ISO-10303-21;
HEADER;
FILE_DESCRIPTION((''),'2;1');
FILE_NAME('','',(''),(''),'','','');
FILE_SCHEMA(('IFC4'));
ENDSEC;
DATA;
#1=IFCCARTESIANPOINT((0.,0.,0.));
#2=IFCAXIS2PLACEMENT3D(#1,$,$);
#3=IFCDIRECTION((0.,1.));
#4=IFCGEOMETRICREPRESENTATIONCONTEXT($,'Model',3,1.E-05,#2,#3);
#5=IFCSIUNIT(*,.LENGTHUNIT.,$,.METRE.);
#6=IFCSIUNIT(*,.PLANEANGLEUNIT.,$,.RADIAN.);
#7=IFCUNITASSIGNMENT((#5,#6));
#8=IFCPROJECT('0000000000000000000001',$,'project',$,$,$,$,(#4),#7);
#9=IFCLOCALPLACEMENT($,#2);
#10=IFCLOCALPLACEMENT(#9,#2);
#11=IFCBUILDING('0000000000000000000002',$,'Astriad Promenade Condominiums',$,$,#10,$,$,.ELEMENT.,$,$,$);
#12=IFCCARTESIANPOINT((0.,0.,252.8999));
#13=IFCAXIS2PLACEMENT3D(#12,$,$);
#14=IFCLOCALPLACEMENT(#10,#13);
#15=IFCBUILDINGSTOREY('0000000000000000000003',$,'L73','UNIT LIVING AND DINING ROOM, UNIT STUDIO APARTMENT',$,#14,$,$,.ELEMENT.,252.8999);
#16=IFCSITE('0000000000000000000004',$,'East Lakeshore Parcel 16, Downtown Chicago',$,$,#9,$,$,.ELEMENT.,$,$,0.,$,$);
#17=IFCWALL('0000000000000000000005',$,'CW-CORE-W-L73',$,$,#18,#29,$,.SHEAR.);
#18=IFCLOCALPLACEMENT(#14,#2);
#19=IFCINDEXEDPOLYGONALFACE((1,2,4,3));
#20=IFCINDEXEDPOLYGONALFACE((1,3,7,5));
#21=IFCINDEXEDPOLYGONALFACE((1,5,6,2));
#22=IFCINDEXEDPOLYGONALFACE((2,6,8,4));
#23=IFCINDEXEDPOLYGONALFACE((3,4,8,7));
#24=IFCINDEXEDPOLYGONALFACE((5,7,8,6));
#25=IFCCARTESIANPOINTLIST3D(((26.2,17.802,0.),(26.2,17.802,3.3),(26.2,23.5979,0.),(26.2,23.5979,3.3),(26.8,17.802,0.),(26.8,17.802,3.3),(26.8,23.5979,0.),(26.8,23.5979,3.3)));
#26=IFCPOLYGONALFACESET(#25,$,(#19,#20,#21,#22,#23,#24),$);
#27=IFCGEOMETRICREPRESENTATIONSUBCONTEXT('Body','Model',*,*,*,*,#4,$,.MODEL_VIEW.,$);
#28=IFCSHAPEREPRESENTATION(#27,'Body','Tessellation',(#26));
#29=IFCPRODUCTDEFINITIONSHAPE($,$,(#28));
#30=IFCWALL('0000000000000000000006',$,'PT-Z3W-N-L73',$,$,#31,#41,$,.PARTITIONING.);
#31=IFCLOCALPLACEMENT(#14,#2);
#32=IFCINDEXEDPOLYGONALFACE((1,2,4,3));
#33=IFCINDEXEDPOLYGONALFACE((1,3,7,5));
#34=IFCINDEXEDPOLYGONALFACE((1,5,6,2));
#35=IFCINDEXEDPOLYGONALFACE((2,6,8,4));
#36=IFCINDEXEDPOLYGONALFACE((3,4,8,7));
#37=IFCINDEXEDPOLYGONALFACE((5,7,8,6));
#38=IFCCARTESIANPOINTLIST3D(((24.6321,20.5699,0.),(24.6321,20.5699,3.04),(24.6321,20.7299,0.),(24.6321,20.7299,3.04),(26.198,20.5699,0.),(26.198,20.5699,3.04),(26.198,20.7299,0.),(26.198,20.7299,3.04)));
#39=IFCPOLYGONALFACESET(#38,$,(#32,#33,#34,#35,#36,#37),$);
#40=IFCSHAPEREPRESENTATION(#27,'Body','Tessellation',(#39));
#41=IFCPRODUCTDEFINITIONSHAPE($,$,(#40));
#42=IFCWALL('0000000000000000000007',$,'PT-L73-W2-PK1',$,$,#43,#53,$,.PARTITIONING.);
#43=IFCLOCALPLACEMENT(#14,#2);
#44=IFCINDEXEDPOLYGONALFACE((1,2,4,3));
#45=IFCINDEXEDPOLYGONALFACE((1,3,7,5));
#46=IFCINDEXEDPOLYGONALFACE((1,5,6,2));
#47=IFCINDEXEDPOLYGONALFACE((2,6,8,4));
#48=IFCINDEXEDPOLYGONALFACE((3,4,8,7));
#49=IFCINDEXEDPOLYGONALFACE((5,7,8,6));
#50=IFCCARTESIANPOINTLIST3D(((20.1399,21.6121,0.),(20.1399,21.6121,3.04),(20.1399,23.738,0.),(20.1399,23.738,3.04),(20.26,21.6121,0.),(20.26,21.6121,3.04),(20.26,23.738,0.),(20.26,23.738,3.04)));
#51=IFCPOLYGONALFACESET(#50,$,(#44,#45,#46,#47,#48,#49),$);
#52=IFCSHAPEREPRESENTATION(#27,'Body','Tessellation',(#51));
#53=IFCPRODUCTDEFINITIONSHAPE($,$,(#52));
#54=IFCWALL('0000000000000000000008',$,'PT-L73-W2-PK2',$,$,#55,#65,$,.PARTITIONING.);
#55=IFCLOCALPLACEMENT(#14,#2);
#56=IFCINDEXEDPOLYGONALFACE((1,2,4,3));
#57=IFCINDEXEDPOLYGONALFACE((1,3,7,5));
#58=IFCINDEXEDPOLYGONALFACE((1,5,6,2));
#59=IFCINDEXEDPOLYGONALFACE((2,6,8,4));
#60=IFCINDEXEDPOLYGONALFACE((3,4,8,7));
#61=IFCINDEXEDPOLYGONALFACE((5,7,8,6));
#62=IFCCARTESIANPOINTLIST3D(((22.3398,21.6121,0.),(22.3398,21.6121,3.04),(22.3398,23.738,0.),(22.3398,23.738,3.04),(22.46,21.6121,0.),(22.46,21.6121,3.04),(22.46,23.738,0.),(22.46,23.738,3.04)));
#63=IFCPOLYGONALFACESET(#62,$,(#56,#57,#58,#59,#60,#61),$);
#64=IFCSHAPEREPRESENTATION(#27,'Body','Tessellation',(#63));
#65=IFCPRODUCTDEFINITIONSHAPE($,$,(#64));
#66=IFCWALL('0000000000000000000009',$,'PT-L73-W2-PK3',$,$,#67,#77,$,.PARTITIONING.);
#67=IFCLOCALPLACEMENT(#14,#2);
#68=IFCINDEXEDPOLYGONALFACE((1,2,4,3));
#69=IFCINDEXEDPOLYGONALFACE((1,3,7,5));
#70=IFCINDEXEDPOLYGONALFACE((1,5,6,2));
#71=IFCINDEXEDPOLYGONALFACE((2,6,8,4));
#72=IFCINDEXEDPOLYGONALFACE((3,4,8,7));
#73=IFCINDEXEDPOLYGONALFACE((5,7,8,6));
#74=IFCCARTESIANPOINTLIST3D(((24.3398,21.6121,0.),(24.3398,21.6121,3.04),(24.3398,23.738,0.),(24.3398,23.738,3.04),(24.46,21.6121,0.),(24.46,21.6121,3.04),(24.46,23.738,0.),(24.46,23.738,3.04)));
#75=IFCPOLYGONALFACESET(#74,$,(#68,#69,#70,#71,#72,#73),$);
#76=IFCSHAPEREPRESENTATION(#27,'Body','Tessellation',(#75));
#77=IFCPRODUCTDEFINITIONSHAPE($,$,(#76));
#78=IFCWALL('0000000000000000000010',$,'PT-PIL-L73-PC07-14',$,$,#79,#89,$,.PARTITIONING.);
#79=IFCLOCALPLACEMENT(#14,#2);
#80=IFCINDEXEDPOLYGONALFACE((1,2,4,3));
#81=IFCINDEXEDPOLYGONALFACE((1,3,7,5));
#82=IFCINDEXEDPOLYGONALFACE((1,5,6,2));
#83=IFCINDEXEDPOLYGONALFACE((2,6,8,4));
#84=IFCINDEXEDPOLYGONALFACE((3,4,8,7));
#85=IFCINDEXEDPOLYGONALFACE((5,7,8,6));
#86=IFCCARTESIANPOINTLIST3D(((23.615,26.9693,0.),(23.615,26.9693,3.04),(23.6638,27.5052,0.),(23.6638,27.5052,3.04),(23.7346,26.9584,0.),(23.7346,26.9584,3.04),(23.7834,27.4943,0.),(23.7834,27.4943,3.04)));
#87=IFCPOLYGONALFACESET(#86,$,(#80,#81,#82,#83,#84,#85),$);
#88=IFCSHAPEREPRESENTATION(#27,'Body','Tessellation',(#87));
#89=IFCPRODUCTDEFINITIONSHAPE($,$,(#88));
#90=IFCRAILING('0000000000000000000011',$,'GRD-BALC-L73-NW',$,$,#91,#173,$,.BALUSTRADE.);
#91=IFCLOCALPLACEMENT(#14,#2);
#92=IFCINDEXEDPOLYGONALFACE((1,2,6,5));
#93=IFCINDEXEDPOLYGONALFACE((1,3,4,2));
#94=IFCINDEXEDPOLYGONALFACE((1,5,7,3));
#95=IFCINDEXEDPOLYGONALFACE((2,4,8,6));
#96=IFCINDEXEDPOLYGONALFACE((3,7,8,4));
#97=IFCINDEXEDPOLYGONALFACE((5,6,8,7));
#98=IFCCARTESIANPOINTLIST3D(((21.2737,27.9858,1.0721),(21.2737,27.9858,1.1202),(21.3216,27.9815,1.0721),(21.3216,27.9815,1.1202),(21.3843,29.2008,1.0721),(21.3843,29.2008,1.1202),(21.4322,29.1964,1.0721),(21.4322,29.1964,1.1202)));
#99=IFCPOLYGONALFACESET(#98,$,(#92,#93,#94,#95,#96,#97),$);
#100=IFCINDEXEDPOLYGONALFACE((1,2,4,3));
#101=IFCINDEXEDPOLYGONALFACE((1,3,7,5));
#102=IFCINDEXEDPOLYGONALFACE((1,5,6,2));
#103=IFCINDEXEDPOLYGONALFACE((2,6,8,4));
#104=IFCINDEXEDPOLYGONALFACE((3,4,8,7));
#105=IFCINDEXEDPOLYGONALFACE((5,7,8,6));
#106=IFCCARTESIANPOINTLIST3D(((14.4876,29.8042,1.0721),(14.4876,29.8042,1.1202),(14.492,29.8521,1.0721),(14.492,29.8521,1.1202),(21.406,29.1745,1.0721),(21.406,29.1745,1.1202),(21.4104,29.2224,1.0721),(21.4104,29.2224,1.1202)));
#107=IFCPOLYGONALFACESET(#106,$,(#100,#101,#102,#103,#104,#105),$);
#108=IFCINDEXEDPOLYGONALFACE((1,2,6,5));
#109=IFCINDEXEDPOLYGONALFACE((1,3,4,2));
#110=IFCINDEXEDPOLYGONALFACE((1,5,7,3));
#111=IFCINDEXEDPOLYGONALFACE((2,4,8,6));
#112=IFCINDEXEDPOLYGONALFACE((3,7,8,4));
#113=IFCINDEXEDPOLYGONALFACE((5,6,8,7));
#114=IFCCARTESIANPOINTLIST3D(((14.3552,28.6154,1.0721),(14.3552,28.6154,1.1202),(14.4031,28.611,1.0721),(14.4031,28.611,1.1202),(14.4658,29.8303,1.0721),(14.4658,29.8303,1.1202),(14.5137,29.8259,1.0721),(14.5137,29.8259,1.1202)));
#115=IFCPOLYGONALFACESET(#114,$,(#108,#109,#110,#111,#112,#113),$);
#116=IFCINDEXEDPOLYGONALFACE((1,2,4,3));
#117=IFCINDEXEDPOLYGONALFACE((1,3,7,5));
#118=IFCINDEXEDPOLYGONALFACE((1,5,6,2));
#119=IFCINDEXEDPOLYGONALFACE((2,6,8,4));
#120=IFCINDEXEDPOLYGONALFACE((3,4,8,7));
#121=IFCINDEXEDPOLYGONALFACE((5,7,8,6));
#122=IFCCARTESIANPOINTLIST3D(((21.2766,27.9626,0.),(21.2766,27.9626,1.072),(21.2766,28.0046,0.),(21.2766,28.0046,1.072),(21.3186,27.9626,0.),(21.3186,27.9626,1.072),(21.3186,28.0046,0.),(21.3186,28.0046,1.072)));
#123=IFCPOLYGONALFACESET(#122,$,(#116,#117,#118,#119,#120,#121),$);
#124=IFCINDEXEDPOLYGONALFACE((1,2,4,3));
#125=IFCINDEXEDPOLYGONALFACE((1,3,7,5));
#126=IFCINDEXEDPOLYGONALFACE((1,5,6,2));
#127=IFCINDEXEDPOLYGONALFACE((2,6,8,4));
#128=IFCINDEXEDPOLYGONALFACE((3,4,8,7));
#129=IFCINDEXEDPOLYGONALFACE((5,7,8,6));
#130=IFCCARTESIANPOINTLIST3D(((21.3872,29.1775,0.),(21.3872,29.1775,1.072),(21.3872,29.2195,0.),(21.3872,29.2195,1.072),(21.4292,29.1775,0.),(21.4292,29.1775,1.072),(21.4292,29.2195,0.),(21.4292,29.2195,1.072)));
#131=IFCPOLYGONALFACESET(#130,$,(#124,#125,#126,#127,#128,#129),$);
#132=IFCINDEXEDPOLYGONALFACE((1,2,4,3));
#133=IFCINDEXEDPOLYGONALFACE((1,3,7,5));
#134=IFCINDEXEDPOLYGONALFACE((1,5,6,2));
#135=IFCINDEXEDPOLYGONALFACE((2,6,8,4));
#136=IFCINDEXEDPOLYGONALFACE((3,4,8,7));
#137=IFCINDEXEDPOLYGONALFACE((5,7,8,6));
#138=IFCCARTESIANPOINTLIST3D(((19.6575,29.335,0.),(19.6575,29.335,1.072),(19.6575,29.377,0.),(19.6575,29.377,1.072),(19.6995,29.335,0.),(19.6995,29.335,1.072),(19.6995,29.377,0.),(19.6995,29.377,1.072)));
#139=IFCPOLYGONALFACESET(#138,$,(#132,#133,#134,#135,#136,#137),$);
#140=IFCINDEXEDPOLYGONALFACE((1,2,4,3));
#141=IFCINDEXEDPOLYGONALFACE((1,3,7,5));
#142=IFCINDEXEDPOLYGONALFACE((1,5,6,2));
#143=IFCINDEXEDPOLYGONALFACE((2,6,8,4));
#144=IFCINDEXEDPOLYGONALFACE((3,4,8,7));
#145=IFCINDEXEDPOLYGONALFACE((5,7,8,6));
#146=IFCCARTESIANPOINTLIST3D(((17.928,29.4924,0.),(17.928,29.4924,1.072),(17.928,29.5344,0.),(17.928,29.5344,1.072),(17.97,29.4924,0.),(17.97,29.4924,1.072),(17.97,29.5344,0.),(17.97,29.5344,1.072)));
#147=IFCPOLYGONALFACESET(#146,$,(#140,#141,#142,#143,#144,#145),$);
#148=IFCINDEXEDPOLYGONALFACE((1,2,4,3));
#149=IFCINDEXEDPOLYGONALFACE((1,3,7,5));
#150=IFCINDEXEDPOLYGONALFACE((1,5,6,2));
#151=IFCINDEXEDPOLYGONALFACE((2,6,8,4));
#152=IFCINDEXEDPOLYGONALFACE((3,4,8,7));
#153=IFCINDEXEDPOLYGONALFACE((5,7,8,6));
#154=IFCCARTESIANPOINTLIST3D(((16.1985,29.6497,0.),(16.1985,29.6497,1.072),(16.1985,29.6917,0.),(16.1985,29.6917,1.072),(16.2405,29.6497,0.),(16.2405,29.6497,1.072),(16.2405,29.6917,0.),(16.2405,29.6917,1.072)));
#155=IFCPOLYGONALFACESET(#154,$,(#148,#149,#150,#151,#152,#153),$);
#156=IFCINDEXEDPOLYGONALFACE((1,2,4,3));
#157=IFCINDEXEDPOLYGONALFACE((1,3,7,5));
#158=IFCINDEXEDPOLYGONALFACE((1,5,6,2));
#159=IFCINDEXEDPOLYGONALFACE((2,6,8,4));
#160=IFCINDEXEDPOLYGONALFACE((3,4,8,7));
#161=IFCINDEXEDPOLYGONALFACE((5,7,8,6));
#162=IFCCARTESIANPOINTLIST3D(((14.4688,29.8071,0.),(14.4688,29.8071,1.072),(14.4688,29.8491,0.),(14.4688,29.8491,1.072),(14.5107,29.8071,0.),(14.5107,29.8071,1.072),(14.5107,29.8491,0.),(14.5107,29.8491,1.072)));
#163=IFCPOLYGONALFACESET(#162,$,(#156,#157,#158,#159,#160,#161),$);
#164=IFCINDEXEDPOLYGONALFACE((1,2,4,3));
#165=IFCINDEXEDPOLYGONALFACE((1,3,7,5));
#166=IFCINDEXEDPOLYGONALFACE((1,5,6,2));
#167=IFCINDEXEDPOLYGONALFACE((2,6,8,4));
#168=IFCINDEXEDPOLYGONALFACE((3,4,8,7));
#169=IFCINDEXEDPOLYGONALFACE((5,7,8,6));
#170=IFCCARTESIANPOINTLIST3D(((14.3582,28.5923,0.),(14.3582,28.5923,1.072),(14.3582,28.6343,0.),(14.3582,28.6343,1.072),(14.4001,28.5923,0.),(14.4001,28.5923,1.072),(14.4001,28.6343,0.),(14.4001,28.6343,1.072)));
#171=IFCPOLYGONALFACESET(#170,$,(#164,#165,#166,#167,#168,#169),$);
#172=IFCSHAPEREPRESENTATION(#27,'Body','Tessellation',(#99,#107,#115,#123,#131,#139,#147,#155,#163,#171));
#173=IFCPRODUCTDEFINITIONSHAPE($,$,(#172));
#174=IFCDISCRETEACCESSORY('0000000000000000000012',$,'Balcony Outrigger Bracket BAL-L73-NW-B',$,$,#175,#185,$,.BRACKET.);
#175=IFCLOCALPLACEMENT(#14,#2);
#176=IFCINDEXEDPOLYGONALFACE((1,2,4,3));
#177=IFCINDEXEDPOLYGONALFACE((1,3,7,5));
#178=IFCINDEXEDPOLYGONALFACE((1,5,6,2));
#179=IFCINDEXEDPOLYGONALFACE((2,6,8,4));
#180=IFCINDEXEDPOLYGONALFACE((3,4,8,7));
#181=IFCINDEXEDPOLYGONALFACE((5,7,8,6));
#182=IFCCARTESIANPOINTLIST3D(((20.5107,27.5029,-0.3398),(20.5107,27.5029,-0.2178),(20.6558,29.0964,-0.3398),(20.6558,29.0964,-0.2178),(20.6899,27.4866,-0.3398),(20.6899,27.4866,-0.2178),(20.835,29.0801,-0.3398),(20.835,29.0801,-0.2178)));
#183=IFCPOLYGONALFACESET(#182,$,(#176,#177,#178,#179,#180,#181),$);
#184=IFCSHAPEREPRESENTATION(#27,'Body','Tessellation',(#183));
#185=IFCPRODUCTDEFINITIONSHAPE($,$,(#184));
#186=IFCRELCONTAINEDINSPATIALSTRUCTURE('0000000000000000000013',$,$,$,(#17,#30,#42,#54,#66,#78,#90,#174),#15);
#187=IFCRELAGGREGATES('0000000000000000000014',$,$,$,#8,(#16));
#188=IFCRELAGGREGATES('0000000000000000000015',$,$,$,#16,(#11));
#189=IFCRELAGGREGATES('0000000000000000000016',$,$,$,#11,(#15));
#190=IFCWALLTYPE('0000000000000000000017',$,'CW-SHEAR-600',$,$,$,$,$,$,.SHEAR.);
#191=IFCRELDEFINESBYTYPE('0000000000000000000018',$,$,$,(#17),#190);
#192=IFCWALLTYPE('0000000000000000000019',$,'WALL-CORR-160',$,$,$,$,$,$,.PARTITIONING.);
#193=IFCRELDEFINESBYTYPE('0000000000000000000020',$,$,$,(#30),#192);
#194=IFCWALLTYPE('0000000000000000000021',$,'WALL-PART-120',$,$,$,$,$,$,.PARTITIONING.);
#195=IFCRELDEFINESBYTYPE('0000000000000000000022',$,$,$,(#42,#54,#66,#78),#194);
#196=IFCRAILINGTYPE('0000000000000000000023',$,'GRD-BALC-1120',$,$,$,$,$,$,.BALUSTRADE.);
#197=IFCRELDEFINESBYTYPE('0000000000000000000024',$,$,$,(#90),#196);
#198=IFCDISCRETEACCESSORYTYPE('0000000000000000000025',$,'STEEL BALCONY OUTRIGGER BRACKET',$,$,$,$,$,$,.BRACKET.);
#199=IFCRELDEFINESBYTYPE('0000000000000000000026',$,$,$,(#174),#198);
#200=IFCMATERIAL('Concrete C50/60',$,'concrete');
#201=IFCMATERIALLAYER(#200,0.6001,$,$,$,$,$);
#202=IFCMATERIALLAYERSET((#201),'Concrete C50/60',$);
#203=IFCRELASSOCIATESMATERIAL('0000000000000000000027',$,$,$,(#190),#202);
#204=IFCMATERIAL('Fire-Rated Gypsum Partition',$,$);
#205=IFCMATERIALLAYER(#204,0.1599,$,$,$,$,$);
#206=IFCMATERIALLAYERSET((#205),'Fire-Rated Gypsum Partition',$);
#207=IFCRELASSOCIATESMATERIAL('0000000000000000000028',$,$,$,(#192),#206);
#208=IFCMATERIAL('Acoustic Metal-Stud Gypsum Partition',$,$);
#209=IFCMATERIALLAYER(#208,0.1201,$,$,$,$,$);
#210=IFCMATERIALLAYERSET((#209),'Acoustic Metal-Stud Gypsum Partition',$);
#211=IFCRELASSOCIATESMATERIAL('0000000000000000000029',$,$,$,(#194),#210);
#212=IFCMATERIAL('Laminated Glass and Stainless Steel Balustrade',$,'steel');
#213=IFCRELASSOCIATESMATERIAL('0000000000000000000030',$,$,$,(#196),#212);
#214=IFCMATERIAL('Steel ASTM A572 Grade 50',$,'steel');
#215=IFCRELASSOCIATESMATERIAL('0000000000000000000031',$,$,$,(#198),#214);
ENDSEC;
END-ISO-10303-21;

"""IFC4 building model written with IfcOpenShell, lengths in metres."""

from ifc_helpers import new_model, si_unit, direction, frame, frame_2d, origin, origin_2d, place, context, subcontext, project, spatial, rectangle, extrude, source, transform, mapped, material, layer, layer_set, type_object, type_shapes, element, save


model = new_model("IFC4")

# Units and contexts
model_context = context("Model", 3, precision=1e-05, world=origin(), true_north=direction((0.0, 1.0)))
body_context = subcontext(model_context, "Body", "Model", "MODEL_VIEW")
ifc_project = project(units=[si_unit("LENGTHUNIT", "METRE"), si_unit("PLANEANGLEUNIT", "RADIAN")], contexts=[model_context])

# Site, building, storey
site_placement = place(None, origin())
site = spatial("IfcSite", under=ifc_project, at=site_placement, Name="East Lakeshore Parcel 16, Downtown Chicago", CompositionType="ELEMENT", RefElevation=0.0)
building_placement = place(site_placement, origin())
building = spatial("IfcBuilding", under=site, at=building_placement, Name="Astriad Promenade Condominiums", CompositionType="ELEMENT")
storey_placement = place(building_placement, frame((0.0, 0.0, 252.8999)))
storey = spatial("IfcBuildingStorey", under=building, at=storey_placement, Name="L73", Description="UNIT LIVING AND DINING ROOM, UNIT STUDIO APARTMENT", CompositionType="ELEMENT", Elevation=252.8999)

# Shared definitions
ifc_material_1 = material(Name="Concrete C50/60", Category="concrete")

# Shared definitions
ifc_layer_1 = layer(ifc_material_1, 0.6001)
ifc_layer_set_1 = layer_set([ifc_layer_1], Name="Concrete C50/60")
wall_type_1 = type_object("IfcWallType", Name="CW-SHEAR-600", PredefinedType="SHEAR", material=ifc_layer_set_1)

# Walls
wall_1_placement = place(storey_placement, frame((26.5, 17.802, 0.0), z_axis=(0.0, 0.0, 1.0), x_axis=(0.0, 1.0, 0.0)))
element("IfcWall", 1, at=wall_1_placement, inside=storey, type_object=wall_type_1, Name="CW-CORE-W-L73", PredefinedType="SHEAR", context=body_context, shape_type="SweptSolid", body=[
    extrude(rectangle(XDim=5.7959, YDim=0.6001, at=frame_2d((2.8979, 0.0))), origin(), (0.0, 0.0, 1.0), 3.3),
])
ifc_material_2 = material(Name="Fire-Rated Gypsum Partition")
ifc_layer_2 = layer(ifc_material_2, 0.1599)
ifc_layer_set_2 = layer_set([ifc_layer_2], Name="Fire-Rated Gypsum Partition")
wall_type_2 = type_object("IfcWallType", Name="WALL-CORR-160", PredefinedType="PARTITIONING", material=ifc_layer_set_2)
wall_2_placement = place(storey_placement, frame((24.6321, 20.6499, 0.0), z_axis=(0.0, 0.0, 1.0), x_axis=(1.0, 0.0, 0.0)))
element("IfcWall", 2, at=wall_2_placement, inside=storey, type_object=wall_type_2, Name="PT-Z3W-N-L73", PredefinedType="PARTITIONING", context=body_context, shape_type="SweptSolid", body=[
    extrude(rectangle(XDim=1.5659, YDim=0.1599, at=frame_2d((0.783, 0.0))), origin(), (0.0, 0.0, 1.0), 3.04),
])
ifc_material_3 = material(Name="Acoustic Metal-Stud Gypsum Partition")
ifc_layer_3 = layer(ifc_material_3, 0.1201)
ifc_layer_set_3 = layer_set([ifc_layer_3], Name="Acoustic Metal-Stud Gypsum Partition")
wall_type_3 = type_object("IfcWallType", Name="WALL-PART-120", PredefinedType="PARTITIONING", material=ifc_layer_set_3)
for number, where, z_axis, x_axis, name in (
    (3, (20.2, 21.6121, 0.0), (0.0, 0.0, 1.0), (0.0, 1.0, 0.0), "PT-L73-W2-PK1"),
    (4, (22.3999, 21.6121, 0.0), (0.0, 0.0, 1.0), (0.0, 1.0, 0.0), "PT-L73-W2-PK2"),
    (5, (24.3999, 21.6121, 0.0), (0.0, 0.0, 1.0), (0.0, 1.0, 0.0), "PT-L73-W2-PK3"),
):
    element("IfcWall", number, at=place(storey_placement, frame(where, z_axis=z_axis, x_axis=x_axis)), inside=storey, type_object=wall_type_3, Name=name, PredefinedType="PARTITIONING", context=body_context, shape_type="SweptSolid", body=[
        extrude(rectangle(XDim=2.126, YDim=0.1201, at=frame_2d((1.063, 0.0))), origin(), (0.0, 0.0, 1.0), 3.04),
    ])
wall_3_placement = place(storey_placement, frame((23.6748, 26.9639, 0.0), z_axis=(0.0, 0.0, 1.0), x_axis=(0.09074, 0.995875, 0.0)))
element("IfcWall", 6, at=wall_3_placement, inside=storey, type_object=wall_type_3, Name="PT-PIL-L73-PC07-14", PredefinedType="PARTITIONING", context=body_context, shape_type="SweptSolid", body=[
    extrude(rectangle(XDim=0.5381, YDim=0.1201, at=frame_2d((0.269, 0.0))), origin(), (0.0, 0.0, 1.0), 3.04),
])

# Railing
ifc_material_4 = material(Name="Laminated Glass and Stainless Steel Balustrade", Category="steel")
railing_type = type_object("IfcRailingType", Name="GRD-BALC-1120", PredefinedType="BALUSTRADE", material=ifc_material_4)
shared_shape_1 = source(origin(), body_context, "Body", "SweptSolid", [
    extrude(rectangle(XDim=0.0481, YDim=0.0481, at=origin_2d()), frame((0.0, 0.0, 1.0962), z_axis=(0.090662, 0.995882, 0.0), x_axis=(-0.995882, 0.090662, 0.0)), (0.0, 0.0, 1.0), 1.22),
    extrude(rectangle(XDim=0.0481, YDim=0.0481, at=origin_2d()), frame((0.1106, 1.2148, 1.0962), z_axis=(-0.995884, 0.090634, 0.0), x_axis=(-0.090634, -0.995884, 0.0)), (0.0, 0.0, 1.0), 6.947),
    extrude(rectangle(XDim=0.0481, YDim=0.0481, at=origin_2d()), frame((-6.8079, 1.8445, 1.0962), z_axis=(-0.090662, -0.995882, 0.0), x_axis=(0.995882, -0.090662, 0.0)), (0.0, 0.0, 1.0), 1.22),
    extrude(rectangle(XDim=0.042, YDim=0.042, at=origin_2d()), origin(), (0.0, 0.0, 1.0), 1.072),
    extrude(rectangle(XDim=0.042, YDim=0.042, at=origin_2d()), frame((0.1106, 1.2148, 0.0)), (0.0, 0.0, 1.0), 1.072),
    extrude(rectangle(XDim=0.042, YDim=0.042, at=origin_2d()), frame((-1.6191, 1.3723, 0.0)), (0.0, 0.0, 1.0), 1.072),
    extrude(rectangle(XDim=0.042, YDim=0.042, at=origin_2d()), frame((-3.3486, 1.5298, 0.0)), (0.0, 0.0, 1.0), 1.072),
    extrude(rectangle(XDim=0.042, YDim=0.042, at=origin_2d()), frame((-5.0781, 1.687, 0.0)), (0.0, 0.0, 1.0), 1.072),
    extrude(rectangle(XDim=0.042, YDim=0.042, at=origin_2d()), frame((-6.8079, 1.8445, 0.0)), (0.0, 0.0, 1.0), 1.072),
    extrude(rectangle(XDim=0.042, YDim=0.042, at=origin_2d()), frame((-6.9185, 0.6296, 0.0)), (0.0, 0.0, 1.0), 1.072),
])
type_shapes(railing_type, [shared_shape_1])
railing_placement = place(storey_placement, frame((21.2976, 27.9836, 0.0)))
element("IfcRailing", 7, at=railing_placement, inside=storey, type_object=railing_type, Name="GRD-BALC-L73-NW", PredefinedType="BALUSTRADE", context=body_context, shape_type="MappedRepresentation", body=[
    mapped(shared_shape_1, transform((0.0, 0.0, 0.0), scale=1.0)),
])

# Discrete accessory
ifc_material_5 = material(Name="Steel ASTM A572 Grade 50", Category="steel")
discrete_accessory_type = type_object("IfcDiscreteAccessoryType", Name="STEEL BALCONY OUTRIGGER BRACKET", PredefinedType="BRACKET", material=ifc_material_5)
shared_shape_2 = source(origin(), body_context, "Body", "SweptSolid", [
    extrude(rectangle(XDim=1.6001, YDim=0.1799, at=origin_2d()), origin(), (0.0, 0.0, 1.0), 0.1221),
])
type_shapes(discrete_accessory_type, [shared_shape_2])
discrete_accessory_placement = place(storey_placement, frame((20.6729, 28.2915, -0.3398), z_axis=(0.0, 0.0, 1.0), x_axis=(0.090633, 0.995884, 0.0)))
element("IfcDiscreteAccessory", 8, at=discrete_accessory_placement, inside=storey, type_object=discrete_accessory_type, Name="Balcony Outrigger Bracket BAL-L73-NW-B", PredefinedType="BRACKET", context=body_context, shape_type="MappedRepresentation", body=[
    mapped(shared_shape_2, transform((0.0, 0.0, 0.0), scale=1.0)),
])

save(model, "model.ifc")
